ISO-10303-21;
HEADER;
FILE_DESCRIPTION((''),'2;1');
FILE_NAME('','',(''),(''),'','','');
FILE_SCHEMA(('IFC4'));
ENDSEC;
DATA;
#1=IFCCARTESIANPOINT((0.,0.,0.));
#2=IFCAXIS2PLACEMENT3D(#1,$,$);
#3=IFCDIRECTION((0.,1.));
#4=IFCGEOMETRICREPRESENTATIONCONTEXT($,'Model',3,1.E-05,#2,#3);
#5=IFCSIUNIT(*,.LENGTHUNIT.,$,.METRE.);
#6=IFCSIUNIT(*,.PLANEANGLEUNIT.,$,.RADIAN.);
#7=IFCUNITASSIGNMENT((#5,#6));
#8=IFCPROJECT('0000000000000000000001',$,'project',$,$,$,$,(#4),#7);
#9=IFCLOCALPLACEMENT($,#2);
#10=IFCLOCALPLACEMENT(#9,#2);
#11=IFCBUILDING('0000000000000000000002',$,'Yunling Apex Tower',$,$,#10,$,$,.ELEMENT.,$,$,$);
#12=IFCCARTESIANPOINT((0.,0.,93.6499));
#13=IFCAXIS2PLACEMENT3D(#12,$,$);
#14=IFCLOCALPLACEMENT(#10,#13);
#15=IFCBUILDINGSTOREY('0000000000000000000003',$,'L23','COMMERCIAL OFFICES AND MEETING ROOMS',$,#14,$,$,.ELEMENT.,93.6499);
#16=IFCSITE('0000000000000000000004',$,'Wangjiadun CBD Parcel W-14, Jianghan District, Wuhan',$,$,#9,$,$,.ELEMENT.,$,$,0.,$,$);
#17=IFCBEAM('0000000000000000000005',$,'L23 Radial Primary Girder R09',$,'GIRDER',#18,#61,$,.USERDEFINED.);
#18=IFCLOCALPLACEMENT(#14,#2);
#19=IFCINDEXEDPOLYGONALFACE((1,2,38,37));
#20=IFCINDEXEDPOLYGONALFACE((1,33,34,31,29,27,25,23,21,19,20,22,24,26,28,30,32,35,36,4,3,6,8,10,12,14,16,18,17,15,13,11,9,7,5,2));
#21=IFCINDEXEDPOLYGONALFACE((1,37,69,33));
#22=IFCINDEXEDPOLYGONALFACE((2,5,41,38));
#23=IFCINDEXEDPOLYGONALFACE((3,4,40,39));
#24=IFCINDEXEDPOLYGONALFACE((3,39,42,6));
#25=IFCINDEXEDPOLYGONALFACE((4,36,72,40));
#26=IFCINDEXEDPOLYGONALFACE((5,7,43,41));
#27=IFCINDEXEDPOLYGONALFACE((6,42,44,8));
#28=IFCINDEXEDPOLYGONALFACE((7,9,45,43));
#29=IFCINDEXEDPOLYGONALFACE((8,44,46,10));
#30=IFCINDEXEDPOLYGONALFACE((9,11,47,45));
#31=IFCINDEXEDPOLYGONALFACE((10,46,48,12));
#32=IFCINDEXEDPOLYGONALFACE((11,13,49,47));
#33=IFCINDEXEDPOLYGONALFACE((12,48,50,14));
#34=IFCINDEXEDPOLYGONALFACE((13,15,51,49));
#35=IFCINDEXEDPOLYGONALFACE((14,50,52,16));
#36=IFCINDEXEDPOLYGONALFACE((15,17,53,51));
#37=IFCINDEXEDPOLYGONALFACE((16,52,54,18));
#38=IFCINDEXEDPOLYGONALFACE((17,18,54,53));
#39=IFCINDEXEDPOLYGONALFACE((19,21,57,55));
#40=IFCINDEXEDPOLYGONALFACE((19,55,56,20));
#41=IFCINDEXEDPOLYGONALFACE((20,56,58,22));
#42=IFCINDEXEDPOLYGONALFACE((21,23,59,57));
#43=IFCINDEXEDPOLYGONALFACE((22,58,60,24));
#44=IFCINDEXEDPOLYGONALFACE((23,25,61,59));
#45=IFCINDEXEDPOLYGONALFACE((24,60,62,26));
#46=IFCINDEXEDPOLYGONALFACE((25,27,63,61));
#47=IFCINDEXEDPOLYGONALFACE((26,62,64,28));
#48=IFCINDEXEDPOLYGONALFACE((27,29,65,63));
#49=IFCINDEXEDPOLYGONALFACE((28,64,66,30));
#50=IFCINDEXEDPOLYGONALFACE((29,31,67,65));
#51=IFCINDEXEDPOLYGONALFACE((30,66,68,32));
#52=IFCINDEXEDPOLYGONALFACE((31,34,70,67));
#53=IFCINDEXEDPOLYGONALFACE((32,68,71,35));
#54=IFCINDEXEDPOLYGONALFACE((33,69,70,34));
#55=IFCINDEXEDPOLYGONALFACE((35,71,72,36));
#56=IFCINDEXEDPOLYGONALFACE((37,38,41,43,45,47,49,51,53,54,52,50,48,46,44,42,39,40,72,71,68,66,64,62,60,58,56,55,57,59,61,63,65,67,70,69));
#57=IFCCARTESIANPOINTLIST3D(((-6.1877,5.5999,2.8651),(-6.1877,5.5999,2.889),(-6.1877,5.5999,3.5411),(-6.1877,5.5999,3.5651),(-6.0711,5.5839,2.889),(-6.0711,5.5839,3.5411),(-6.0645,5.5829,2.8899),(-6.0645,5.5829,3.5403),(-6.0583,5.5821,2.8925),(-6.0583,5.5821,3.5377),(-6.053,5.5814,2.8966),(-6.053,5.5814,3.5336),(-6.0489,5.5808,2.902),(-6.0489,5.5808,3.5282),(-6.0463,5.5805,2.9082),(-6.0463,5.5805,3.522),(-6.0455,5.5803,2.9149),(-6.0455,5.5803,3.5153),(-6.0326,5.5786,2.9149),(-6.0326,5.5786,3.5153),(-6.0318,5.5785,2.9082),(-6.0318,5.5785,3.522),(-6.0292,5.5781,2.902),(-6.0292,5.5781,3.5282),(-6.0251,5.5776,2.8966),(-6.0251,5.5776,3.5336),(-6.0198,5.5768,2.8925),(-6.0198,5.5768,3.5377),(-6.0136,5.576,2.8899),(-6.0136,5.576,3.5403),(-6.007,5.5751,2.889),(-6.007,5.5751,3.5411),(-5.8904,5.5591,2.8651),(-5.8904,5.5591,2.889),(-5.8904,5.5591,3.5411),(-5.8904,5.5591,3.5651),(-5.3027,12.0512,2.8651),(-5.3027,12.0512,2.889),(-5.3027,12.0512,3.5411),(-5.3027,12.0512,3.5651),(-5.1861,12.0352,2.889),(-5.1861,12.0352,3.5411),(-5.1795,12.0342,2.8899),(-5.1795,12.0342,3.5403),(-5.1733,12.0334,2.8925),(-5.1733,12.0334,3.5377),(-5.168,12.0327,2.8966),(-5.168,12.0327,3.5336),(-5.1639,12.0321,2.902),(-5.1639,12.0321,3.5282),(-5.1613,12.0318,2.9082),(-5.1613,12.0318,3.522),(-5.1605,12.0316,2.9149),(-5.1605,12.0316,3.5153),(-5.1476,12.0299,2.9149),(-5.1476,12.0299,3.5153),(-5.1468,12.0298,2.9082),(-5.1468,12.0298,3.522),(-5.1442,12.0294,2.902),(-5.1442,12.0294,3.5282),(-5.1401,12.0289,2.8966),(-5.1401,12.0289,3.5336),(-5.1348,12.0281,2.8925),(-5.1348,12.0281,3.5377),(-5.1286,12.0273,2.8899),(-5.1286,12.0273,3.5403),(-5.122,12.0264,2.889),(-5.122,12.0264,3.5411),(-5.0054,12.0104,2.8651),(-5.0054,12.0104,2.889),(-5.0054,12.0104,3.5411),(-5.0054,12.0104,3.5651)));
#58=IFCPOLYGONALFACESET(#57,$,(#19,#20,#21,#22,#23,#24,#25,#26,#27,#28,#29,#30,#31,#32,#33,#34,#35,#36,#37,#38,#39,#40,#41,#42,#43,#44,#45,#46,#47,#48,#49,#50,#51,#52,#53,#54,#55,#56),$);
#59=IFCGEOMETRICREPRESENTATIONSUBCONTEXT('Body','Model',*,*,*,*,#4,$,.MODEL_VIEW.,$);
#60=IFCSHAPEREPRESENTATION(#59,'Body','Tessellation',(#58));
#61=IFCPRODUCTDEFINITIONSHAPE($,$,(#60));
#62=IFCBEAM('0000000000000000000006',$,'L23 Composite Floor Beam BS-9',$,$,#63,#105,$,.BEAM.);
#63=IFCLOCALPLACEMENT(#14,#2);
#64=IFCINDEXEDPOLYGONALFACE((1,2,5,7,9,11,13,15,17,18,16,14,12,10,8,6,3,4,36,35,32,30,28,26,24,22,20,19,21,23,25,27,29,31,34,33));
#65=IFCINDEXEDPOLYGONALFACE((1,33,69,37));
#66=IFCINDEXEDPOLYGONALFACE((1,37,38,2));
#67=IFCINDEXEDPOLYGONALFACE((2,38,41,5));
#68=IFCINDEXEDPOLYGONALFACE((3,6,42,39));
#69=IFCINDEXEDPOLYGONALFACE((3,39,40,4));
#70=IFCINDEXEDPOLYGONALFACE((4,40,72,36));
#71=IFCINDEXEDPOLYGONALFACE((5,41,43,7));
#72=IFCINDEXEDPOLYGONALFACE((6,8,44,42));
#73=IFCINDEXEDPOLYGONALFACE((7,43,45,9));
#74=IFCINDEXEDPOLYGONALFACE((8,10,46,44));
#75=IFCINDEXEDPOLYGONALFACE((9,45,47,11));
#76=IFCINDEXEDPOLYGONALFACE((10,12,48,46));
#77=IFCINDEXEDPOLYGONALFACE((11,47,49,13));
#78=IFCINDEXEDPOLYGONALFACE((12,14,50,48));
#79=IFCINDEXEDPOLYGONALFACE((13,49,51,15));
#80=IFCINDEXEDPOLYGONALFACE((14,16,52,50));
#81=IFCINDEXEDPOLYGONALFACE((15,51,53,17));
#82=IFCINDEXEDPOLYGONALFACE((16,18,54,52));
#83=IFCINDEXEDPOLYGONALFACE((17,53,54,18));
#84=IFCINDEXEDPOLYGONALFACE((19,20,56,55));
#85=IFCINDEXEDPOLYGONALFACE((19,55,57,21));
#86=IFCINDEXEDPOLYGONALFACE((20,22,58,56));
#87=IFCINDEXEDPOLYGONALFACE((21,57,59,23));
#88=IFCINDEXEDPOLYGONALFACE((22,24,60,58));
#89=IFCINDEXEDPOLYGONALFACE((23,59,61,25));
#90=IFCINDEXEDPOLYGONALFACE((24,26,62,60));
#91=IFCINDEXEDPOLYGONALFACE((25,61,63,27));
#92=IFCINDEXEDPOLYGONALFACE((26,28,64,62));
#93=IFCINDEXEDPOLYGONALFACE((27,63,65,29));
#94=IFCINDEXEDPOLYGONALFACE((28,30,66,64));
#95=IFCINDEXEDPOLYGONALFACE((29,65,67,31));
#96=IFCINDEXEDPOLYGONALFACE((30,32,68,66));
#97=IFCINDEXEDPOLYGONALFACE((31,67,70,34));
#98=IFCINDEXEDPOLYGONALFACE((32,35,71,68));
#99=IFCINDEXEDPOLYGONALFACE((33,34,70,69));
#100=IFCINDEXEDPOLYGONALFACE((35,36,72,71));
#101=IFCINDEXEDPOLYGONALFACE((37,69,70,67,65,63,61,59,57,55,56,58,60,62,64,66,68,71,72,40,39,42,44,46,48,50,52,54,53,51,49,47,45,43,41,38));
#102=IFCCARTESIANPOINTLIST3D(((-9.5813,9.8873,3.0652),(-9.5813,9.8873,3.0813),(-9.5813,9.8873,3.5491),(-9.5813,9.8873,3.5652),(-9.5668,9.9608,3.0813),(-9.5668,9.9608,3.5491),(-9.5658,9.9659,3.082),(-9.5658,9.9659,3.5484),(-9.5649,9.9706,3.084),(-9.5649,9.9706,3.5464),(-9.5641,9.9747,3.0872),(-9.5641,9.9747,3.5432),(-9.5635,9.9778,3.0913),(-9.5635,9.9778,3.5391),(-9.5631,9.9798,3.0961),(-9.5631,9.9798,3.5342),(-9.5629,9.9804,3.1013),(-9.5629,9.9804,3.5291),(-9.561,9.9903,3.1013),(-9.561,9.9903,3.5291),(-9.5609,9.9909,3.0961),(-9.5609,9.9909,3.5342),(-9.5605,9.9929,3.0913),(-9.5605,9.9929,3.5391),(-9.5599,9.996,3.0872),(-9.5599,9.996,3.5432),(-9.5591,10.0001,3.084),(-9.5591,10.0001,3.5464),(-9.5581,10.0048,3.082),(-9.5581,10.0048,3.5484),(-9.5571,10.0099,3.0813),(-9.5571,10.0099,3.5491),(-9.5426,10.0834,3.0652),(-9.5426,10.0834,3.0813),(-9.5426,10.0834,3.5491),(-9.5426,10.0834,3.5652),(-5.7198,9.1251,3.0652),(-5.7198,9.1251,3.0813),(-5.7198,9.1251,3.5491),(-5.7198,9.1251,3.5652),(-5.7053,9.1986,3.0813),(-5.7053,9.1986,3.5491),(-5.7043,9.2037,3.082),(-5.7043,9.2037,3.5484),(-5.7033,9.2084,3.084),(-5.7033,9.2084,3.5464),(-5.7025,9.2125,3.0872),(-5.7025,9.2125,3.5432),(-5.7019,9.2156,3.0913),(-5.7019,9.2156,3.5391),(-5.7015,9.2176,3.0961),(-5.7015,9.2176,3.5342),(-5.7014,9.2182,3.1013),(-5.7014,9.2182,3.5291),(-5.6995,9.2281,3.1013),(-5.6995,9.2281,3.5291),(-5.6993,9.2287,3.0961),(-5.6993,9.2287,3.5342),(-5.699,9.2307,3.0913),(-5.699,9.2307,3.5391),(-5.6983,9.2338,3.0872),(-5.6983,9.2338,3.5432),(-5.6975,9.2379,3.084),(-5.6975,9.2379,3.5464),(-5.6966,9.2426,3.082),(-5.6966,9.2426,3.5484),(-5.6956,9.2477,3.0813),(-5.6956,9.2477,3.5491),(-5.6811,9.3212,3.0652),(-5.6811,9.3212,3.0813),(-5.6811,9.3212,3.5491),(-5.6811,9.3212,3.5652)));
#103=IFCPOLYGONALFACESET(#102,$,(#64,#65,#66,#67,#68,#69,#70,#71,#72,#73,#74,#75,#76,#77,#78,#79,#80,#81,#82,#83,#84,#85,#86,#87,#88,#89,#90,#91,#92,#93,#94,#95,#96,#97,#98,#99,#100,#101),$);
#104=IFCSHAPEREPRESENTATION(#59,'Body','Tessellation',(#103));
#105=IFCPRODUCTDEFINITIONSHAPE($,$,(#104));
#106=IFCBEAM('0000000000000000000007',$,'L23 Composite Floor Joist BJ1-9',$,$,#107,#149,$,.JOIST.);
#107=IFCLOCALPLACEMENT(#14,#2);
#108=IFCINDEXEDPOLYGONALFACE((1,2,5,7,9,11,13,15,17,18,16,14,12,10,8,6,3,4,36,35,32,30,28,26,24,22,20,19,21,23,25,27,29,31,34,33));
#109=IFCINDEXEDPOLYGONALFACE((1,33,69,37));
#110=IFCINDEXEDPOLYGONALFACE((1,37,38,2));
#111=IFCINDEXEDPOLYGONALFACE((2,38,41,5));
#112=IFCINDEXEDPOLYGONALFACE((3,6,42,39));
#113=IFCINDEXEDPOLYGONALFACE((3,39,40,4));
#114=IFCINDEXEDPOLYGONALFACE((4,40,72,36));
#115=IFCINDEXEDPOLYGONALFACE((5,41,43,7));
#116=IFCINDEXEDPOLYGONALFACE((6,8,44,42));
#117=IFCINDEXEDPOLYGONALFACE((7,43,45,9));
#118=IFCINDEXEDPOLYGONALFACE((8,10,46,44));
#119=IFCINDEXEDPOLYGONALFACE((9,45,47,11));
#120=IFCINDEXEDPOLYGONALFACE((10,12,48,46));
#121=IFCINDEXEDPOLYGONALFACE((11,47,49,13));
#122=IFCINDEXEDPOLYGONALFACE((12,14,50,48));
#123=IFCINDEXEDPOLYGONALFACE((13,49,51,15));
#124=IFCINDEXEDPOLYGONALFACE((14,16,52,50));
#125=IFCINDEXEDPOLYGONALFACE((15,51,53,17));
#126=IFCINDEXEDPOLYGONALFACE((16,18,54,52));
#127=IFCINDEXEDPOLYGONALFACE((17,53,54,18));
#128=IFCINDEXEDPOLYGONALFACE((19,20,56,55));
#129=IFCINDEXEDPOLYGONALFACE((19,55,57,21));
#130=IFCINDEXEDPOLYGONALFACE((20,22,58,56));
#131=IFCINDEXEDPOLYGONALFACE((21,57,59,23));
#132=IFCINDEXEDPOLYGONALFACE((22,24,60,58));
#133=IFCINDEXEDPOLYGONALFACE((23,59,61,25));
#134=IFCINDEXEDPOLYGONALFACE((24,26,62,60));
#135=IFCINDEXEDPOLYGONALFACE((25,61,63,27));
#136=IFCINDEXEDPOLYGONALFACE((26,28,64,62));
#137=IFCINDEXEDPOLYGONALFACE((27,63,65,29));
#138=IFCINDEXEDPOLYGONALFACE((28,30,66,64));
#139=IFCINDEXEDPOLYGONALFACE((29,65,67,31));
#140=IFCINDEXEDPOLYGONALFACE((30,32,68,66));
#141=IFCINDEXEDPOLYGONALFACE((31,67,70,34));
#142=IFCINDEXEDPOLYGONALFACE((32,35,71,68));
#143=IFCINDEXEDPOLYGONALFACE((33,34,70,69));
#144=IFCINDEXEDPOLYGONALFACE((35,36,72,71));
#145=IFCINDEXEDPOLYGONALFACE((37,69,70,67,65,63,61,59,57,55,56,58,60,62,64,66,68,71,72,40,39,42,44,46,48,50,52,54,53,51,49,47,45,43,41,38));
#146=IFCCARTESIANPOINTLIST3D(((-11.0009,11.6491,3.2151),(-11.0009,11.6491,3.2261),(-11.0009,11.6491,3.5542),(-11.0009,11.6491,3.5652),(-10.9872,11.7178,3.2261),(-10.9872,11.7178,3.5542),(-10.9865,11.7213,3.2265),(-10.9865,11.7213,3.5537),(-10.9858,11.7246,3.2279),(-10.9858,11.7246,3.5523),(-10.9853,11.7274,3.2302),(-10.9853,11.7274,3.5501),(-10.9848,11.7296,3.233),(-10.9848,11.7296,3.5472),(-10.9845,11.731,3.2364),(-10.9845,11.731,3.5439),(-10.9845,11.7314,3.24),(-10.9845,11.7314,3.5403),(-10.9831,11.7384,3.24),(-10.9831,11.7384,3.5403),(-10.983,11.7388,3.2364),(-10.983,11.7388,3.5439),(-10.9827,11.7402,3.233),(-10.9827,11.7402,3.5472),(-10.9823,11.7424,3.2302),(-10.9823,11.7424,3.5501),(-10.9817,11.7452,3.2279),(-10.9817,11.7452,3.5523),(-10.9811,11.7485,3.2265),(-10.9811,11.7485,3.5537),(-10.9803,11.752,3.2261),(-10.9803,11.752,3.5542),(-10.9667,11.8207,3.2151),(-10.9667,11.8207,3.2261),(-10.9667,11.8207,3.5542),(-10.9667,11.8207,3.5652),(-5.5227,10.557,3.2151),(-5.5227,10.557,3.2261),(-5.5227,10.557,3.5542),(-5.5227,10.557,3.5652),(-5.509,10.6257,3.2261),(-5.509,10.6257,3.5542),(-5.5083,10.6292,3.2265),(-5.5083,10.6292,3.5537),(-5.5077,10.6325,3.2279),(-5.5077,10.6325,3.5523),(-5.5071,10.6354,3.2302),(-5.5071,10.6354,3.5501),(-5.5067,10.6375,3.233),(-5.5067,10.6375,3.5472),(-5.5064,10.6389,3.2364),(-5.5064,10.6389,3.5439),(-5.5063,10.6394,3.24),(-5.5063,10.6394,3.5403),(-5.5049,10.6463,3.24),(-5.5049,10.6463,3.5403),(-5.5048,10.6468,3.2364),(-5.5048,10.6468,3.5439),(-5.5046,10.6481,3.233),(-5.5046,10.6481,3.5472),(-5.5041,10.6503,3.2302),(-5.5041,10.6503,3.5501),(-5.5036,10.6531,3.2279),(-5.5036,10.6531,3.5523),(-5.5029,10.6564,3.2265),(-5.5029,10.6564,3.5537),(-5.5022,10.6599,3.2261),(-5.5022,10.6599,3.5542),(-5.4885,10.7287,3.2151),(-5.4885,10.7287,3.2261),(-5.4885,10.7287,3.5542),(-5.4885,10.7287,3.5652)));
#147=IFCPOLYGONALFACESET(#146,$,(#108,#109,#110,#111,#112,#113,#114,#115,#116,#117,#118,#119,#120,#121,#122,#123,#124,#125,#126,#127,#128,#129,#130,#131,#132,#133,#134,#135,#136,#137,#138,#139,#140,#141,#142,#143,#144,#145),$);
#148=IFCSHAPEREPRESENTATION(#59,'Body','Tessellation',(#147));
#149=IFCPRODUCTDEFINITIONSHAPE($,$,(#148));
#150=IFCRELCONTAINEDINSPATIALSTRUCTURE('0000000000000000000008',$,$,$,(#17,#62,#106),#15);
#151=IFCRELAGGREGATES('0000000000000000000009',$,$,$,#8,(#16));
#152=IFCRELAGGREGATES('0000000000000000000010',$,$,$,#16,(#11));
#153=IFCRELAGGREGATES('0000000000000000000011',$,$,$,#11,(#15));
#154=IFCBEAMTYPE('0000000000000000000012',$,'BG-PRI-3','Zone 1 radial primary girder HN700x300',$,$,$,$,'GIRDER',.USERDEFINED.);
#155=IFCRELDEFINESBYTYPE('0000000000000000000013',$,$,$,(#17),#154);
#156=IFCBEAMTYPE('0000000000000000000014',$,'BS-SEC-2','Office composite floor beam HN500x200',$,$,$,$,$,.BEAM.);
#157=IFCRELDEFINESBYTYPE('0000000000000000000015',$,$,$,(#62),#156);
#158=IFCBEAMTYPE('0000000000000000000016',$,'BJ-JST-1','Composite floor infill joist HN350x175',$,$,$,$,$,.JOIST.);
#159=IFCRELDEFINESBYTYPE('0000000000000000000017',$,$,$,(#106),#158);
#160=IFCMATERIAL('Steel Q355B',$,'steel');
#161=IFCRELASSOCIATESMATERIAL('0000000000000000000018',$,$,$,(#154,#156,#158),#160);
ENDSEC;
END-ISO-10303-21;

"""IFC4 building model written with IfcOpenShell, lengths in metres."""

from ifc_helpers import new_model, si_unit, direction, frame, origin, origin_2d, place, context, subcontext, project, spatial, i_section, extrude, source, transform, mapped, material, material_profile, profile_set, type_object, element, save


model = new_model("IFC4")

# Units and contexts
model_context = context("Model", 3, precision=1e-05, world=origin(), true_north=direction((0.0, 1.0)))
body_context = subcontext(model_context, "Body", "Model", "MODEL_VIEW")
ifc_project = project(units=[si_unit("LENGTHUNIT", "METRE"), si_unit("PLANEANGLEUNIT", "RADIAN")], contexts=[model_context])

# Site, building, storey
site_placement = place(None, origin())
site = spatial("IfcSite", under=ifc_project, at=site_placement, Name="Wangjiadun CBD Parcel W-14, Jianghan District, Wuhan", CompositionType="ELEMENT", RefElevation=0.0)
building_placement = place(site_placement, origin())
building = spatial("IfcBuilding", under=site, at=building_placement, Name="Yunling Apex Tower", CompositionType="ELEMENT")
storey_placement = place(building_placement, frame((0.0, 0.0, 93.6499)))
storey = spatial("IfcBuildingStorey", under=building, at=storey_placement, Name="L23", Description="COMMERCIAL OFFICES AND MEETING ROOMS", CompositionType="ELEMENT", Elevation=93.6499)

# Beams
ifc_material_1 = material(Name="Steel Q355B", Category="steel")
ifc_material_profile_1 = material_profile(ifc_material_1, i_section(OverallWidth=0.3, OverallDepth=0.7, WebThickness=0.0129, FlangeThickness=0.0239, FilletRadius=0.0259, at=origin_2d()))
ifc_profile_set_1 = profile_set([ifc_material_profile_1], Name="Steel Q355B")
beam_type_1 = type_object("IfcBeamType", Name="BG-PRI-3", Description="Zone 1 radial primary girder HN700x300", ElementType="GIRDER", PredefinedType="USERDEFINED", material=ifc_profile_set_1)
shared_shape_1 = source(origin(), body_context, "Body", "SweptSolid", [
    extrude(i_section(OverallWidth=0.3, OverallDepth=0.7, WebThickness=0.0129, FlangeThickness=0.0239, FilletRadius=0.0259, at=origin_2d()), origin(), (0.0, 0.0, 1.0), 6.5117),
])
beam_1_placement = place(storey_placement, frame((-5.1541, 12.0308, 3.2151), z_axis=(-0.135908, -0.990721, 0.0), x_axis=(0.990721, -0.135908, 0.0)))
element("IfcBeam", 1, at=beam_1_placement, inside=storey, type_object=beam_type_1, Name="L23 Radial Primary Girder R09", ObjectType="GIRDER", PredefinedType="USERDEFINED", context=body_context, shape_type="MappedRepresentation", body=[
    mapped(shared_shape_1, transform((0.0, 0.0, 0.0), scale=1.0)),
])
ifc_material_profile_2 = material_profile(ifc_material_1, i_section(OverallWidth=0.2, OverallDepth=0.5, WebThickness=0.01, FlangeThickness=0.0161, FilletRadius=0.02, at=origin_2d()))
ifc_profile_set_2 = profile_set([ifc_material_profile_2], Name="Steel Q355B")
beam_type_2 = type_object("IfcBeamType", Name="BS-SEC-2", Description="Office composite floor beam HN500x200", PredefinedType="BEAM", material=ifc_profile_set_2)
shared_shape_2 = source(origin(), body_context, "Body", "SweptSolid", [
    extrude(i_section(OverallWidth=0.2, OverallDepth=0.5, WebThickness=0.01, FlangeThickness=0.0161, FilletRadius=0.02, at=origin_2d()), origin(), (0.0, 0.0, 1.0), 3.936),
])
beam_2_placement = place(storey_placement, frame((-5.7004, 9.2231, 3.3152), z_axis=(-0.981071, 0.193646, 0.0), x_axis=(-0.193646, -0.981071, 0.0)))
element("IfcBeam", 2, at=beam_2_placement, inside=storey, type_object=beam_type_2, Name="L23 Composite Floor Beam BS-9", PredefinedType="BEAM", context=body_context, shape_type="MappedRepresentation", body=[
    mapped(shared_shape_2, transform((0.0, 0.0, 0.0), scale=1.0)),
])
ifc_material_profile_3 = material_profile(ifc_material_1, i_section(OverallWidth=0.175, OverallDepth=0.3501, WebThickness=0.0071, FlangeThickness=0.011, FilletRadius=0.0139, at=origin_2d()))
ifc_profile_set_3 = profile_set([ifc_material_profile_3], Name="Steel Q355B")
beam_type_3 = type_object("IfcBeamType", Name="BJ-JST-1", Description="Composite floor infill joist HN350x175", PredefinedType="JOIST", material=ifc_profile_set_3)
shared_shape_3 = source(origin(), body_context, "Body", "SweptSolid", [
    extrude(i_section(OverallWidth=0.175, OverallDepth=0.3501, WebThickness=0.0071, FlangeThickness=0.011, FilletRadius=0.0139, at=origin_2d()), origin(), (0.0, 0.0, 1.0), 5.5859),
])
beam_3_placement = place(storey_placement, frame((-5.5056, 10.6428, 3.3901), z_axis=(-0.980703, 0.195503, 0.0), x_axis=(-0.195503, -0.980703, 0.0)))
element("IfcBeam", 3, at=beam_3_placement, inside=storey, type_object=beam_type_3, Name="L23 Composite Floor Joist BJ1-9", PredefinedType="JOIST", context=body_context, shape_type="MappedRepresentation", body=[
    mapped(shared_shape_3, transform((0.0, 0.0, 0.0), scale=1.0)),
])

save(model, "model.ifc")
